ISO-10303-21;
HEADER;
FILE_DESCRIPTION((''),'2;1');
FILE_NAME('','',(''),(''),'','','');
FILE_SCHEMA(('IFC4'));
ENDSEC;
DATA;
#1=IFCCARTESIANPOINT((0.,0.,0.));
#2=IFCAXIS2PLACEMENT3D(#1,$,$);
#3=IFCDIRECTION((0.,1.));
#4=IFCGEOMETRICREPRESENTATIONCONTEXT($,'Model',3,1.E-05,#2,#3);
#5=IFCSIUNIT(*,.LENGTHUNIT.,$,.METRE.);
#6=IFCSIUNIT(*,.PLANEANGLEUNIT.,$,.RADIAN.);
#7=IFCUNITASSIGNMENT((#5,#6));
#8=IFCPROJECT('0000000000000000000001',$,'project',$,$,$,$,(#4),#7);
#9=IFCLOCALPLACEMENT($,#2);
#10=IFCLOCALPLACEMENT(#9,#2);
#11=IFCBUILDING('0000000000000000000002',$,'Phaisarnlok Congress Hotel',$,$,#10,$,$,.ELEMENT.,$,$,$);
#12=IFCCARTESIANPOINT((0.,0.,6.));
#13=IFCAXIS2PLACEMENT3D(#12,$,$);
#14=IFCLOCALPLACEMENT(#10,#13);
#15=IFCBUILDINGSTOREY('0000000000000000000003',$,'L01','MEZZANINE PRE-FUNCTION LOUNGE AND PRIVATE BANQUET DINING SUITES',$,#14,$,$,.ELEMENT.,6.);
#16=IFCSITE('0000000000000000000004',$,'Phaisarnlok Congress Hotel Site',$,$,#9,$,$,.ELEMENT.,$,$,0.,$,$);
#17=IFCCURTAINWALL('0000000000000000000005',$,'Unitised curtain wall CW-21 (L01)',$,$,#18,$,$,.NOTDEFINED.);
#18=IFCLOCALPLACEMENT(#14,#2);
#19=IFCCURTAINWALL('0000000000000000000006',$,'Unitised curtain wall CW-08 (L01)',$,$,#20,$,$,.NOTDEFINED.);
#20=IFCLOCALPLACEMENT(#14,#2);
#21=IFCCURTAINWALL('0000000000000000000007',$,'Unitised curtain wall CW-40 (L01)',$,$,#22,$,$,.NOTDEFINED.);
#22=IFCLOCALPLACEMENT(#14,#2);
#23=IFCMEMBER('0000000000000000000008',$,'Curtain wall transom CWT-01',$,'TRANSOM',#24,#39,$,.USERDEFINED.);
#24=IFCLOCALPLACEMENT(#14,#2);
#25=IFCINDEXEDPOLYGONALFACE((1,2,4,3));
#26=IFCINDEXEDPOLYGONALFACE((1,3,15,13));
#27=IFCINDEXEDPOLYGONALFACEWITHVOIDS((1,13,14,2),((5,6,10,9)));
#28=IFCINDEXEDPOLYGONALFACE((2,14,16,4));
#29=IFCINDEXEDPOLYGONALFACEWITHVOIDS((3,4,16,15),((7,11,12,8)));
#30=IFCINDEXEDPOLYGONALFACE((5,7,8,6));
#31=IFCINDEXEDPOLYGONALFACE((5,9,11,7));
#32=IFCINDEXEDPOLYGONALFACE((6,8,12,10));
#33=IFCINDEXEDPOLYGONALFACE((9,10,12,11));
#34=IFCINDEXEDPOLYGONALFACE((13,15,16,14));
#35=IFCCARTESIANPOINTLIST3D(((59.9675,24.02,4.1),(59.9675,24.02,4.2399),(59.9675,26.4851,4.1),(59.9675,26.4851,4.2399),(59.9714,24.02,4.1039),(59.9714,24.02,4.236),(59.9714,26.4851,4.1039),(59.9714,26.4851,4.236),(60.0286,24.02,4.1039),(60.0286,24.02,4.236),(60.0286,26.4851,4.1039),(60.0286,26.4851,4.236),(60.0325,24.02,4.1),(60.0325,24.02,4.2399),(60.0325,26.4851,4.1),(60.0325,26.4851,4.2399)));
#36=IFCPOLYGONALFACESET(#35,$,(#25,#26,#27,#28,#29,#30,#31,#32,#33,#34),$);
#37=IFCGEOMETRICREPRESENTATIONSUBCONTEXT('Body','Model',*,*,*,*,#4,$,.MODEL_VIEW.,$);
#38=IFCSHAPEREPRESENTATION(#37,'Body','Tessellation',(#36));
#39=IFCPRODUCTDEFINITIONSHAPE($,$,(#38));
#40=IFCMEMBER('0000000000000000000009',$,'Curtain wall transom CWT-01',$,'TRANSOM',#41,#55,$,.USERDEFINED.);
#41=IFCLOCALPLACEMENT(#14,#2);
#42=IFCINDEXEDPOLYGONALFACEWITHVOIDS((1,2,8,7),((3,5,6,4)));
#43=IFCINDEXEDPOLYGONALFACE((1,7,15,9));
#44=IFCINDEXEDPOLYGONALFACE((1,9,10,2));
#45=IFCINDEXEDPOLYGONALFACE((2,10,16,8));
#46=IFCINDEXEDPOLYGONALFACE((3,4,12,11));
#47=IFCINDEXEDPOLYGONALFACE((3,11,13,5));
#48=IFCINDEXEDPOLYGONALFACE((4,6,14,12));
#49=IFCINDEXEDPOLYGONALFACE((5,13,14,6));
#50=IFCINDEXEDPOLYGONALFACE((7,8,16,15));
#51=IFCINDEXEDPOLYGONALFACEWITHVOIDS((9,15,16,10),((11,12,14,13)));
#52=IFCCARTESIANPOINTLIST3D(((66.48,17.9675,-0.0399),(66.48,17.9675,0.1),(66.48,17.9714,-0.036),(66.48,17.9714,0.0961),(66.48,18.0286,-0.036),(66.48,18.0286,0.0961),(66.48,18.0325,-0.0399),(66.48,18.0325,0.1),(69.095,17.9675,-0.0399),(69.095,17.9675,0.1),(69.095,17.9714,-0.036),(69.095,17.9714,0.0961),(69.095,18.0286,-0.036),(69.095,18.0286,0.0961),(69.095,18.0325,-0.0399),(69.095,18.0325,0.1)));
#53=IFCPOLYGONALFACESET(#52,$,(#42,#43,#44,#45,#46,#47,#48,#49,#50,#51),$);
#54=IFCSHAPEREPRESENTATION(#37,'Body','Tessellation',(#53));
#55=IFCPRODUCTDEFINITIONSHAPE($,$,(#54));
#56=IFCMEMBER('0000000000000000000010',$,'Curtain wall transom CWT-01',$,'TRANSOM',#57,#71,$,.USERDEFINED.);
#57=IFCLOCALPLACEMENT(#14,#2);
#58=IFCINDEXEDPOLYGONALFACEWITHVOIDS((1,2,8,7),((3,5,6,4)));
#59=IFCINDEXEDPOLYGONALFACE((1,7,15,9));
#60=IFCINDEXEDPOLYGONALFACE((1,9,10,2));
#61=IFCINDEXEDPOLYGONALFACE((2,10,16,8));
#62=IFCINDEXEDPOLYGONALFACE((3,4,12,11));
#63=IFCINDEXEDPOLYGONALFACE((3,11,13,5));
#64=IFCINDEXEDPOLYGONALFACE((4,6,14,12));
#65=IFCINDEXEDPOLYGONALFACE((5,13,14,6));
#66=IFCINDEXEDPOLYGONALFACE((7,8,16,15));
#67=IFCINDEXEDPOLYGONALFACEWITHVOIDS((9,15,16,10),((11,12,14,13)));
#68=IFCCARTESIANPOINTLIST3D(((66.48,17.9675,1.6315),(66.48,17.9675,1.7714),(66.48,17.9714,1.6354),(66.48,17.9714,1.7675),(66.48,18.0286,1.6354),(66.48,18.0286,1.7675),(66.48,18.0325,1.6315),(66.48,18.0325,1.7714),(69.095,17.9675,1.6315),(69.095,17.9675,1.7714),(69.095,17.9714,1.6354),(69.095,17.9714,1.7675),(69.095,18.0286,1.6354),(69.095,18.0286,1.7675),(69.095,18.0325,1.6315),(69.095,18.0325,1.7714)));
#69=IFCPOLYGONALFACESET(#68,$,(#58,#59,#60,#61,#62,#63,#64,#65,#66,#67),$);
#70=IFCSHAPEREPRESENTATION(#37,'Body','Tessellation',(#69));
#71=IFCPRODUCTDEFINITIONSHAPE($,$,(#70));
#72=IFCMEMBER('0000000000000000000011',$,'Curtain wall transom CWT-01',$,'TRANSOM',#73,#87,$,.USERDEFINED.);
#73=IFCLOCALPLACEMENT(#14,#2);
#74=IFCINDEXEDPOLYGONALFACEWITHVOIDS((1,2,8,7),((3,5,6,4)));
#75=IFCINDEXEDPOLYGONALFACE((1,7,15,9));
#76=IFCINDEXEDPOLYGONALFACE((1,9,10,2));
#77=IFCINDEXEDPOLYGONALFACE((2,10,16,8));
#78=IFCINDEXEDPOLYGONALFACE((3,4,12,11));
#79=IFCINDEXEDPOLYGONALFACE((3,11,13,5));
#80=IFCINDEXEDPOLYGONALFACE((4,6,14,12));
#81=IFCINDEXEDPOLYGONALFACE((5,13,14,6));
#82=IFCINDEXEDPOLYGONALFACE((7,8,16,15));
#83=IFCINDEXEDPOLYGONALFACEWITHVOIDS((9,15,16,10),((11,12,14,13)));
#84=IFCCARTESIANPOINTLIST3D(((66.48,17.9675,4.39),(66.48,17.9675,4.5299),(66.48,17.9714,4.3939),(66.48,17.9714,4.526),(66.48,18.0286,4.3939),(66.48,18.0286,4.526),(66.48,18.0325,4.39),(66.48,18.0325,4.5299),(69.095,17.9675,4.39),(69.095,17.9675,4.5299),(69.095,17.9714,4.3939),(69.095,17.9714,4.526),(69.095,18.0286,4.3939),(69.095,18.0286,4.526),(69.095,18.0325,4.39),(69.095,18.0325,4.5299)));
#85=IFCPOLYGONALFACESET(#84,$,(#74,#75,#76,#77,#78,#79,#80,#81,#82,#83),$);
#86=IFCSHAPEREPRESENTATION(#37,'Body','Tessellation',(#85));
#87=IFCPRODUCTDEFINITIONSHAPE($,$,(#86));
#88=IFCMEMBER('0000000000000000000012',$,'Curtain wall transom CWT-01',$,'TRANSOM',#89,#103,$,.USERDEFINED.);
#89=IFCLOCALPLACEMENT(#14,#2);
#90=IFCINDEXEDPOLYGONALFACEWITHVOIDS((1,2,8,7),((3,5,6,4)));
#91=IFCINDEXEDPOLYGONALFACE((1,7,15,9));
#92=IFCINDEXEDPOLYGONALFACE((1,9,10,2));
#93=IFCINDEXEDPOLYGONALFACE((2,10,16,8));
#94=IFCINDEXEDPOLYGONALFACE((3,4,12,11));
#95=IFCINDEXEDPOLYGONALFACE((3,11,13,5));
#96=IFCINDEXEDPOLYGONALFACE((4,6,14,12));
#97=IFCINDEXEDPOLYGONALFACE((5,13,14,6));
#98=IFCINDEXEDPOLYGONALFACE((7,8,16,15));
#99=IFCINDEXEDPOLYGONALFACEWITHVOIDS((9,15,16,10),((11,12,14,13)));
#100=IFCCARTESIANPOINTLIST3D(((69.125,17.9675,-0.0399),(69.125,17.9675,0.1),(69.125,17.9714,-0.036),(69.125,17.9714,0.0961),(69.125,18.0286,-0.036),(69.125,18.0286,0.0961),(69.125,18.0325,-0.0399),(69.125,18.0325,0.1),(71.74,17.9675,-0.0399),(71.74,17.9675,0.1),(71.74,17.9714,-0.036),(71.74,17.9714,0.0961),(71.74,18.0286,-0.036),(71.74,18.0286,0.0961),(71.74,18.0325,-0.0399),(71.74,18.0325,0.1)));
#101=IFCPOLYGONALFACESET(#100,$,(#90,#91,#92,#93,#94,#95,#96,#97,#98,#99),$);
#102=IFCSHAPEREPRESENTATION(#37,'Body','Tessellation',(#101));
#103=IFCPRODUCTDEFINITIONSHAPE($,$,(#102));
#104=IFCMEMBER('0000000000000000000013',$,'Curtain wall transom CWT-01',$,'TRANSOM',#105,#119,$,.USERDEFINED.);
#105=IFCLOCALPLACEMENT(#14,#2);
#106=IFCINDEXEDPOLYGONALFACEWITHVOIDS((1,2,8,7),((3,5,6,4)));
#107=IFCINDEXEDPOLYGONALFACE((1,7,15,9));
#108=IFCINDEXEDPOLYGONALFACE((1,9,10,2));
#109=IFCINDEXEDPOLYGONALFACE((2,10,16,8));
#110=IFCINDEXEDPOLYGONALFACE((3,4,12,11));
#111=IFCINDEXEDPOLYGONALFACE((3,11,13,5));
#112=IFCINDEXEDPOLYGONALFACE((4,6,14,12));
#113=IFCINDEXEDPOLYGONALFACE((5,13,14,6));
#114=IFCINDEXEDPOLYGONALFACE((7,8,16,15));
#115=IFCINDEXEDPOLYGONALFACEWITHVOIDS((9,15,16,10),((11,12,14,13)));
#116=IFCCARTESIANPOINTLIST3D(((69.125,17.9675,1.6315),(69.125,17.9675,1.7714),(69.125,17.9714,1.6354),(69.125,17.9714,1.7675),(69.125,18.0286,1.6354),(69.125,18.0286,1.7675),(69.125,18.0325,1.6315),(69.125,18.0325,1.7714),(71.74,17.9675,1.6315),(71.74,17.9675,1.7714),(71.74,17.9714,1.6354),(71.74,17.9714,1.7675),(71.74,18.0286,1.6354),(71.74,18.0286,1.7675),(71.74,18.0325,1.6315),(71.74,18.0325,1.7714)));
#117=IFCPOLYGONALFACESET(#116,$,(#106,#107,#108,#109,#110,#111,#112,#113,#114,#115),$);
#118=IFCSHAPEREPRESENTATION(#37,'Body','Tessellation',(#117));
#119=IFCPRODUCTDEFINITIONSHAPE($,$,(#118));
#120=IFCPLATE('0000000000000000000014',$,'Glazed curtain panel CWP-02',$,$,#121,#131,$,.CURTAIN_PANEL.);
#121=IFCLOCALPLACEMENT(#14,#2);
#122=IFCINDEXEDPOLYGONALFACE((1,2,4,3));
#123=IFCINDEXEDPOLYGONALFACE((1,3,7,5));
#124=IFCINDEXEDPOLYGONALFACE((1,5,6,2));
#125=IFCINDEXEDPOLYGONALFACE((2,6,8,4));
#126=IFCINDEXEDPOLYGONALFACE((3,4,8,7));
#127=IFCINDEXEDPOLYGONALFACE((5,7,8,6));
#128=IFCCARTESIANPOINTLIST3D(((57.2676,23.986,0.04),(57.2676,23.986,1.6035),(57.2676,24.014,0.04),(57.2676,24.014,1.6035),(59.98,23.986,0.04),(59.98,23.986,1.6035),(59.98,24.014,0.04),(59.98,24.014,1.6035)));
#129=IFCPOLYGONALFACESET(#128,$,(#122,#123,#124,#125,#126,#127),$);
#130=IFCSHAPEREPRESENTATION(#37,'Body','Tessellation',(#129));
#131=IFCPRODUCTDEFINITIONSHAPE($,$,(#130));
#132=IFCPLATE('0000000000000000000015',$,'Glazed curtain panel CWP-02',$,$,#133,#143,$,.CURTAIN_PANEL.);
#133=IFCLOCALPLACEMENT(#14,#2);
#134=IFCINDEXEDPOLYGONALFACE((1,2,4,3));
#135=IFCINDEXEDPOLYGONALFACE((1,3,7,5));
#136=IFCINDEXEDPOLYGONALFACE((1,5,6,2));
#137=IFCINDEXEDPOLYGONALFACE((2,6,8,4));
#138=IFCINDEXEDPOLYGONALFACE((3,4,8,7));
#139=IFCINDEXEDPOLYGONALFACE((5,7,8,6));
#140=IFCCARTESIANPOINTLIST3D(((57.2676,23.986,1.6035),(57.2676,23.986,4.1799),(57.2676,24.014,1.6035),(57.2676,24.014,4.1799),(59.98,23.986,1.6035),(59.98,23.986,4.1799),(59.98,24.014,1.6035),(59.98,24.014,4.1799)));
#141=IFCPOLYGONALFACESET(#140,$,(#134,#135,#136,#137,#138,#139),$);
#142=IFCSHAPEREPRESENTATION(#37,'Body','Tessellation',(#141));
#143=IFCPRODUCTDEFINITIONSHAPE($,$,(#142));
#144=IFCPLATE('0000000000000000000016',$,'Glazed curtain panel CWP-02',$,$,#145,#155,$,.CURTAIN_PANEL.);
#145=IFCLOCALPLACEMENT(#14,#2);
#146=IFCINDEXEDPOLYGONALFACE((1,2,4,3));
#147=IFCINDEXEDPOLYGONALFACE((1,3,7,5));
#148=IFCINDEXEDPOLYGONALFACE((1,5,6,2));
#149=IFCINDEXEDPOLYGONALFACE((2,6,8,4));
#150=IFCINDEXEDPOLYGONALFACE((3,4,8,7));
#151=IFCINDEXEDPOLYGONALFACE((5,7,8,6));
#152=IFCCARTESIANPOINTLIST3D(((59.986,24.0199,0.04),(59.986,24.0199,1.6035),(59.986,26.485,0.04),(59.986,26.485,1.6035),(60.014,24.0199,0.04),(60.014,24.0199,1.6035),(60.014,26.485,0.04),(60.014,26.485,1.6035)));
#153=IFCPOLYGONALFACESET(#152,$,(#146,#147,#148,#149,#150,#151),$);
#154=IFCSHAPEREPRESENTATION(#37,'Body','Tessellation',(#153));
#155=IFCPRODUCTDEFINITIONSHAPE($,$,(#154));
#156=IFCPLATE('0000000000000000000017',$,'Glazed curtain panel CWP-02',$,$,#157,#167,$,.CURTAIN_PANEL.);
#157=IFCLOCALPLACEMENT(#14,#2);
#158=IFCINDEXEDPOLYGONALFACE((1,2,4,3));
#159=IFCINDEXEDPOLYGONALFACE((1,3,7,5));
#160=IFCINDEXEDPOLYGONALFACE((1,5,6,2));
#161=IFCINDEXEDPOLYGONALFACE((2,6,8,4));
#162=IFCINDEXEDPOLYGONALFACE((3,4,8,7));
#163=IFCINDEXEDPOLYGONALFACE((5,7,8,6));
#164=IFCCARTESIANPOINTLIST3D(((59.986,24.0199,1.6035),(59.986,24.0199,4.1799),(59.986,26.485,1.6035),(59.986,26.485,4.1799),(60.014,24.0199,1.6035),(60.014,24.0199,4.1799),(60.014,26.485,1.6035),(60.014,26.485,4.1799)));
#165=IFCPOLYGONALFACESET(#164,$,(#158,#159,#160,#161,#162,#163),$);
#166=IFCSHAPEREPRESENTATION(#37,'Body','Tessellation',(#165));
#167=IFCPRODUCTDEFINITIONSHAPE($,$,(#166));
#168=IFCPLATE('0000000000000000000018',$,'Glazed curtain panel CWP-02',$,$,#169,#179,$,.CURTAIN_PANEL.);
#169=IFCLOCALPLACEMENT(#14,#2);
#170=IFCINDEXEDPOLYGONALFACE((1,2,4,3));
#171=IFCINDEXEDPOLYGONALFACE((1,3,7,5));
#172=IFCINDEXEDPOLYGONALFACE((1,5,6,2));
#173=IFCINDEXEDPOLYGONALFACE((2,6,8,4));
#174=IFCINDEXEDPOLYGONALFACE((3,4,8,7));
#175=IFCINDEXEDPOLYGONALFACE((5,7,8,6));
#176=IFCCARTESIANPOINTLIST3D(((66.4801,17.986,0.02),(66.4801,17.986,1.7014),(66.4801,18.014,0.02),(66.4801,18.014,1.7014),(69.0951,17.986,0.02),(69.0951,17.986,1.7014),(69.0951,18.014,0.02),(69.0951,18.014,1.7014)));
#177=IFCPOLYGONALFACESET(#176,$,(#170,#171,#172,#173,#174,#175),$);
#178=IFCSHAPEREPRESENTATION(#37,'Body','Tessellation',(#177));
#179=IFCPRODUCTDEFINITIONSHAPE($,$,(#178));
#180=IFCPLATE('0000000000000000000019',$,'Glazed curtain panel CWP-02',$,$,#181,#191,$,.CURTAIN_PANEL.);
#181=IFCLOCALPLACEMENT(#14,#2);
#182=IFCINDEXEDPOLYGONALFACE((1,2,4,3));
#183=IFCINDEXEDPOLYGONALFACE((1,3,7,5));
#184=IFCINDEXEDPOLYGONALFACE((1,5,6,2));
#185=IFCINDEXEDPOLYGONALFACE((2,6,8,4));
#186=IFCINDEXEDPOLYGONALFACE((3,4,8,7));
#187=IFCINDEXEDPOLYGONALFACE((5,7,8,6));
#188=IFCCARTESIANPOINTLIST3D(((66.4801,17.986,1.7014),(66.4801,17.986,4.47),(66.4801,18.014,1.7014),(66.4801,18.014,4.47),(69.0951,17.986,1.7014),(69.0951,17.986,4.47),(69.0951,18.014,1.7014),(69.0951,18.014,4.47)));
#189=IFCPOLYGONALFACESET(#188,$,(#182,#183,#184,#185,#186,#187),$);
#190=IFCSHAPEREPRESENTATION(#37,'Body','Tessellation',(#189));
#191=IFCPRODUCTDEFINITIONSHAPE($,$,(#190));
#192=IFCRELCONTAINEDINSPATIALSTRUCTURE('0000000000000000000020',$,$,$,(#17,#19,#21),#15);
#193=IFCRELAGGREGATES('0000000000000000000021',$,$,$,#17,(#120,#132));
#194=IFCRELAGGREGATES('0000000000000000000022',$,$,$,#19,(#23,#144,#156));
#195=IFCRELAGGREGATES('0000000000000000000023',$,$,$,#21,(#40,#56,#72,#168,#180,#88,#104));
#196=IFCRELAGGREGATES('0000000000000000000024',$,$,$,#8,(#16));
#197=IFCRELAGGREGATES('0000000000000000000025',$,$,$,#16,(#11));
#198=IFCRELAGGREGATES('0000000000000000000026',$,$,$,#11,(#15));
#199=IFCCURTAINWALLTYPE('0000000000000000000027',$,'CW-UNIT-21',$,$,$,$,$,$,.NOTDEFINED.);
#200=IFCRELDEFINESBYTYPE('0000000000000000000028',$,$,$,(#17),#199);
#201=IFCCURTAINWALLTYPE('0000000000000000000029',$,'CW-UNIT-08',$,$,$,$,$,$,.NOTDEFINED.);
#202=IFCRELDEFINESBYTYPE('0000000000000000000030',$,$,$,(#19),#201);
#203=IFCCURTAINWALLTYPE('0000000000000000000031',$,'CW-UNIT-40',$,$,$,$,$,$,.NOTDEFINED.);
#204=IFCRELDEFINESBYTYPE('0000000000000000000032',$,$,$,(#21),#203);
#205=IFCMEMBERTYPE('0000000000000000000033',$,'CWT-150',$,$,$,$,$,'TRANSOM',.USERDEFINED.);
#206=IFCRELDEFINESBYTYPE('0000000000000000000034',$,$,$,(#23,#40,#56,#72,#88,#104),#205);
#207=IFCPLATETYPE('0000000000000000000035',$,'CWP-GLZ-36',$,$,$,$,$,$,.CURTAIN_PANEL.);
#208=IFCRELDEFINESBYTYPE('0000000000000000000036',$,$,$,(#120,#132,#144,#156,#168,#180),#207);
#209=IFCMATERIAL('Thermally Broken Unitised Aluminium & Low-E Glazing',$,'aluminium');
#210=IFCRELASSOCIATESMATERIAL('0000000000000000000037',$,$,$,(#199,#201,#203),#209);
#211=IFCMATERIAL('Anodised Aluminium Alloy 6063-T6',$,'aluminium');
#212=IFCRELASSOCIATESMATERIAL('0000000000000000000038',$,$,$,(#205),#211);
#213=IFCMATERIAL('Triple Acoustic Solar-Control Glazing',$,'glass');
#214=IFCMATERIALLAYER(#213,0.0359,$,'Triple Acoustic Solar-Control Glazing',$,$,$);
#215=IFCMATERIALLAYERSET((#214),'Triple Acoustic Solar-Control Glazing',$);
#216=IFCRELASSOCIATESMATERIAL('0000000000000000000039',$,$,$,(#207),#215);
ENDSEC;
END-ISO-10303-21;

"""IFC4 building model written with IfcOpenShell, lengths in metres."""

from ifc_helpers import new_model, si_unit, direction, frame, frame_2d, origin, origin_2d, place, context, subcontext, project, spatial, rectangle, hollow_rectangle, extrude, material, layer, layer_set, material_profile, profile_set, type_object, element, aggregate, save


model = new_model("IFC4")

# Units and contexts
model_context = context("Model", 3, precision=1e-05, world=origin(), true_north=direction((0.0, 1.0)))
body_context = subcontext(model_context, "Body", "Model", "MODEL_VIEW")
ifc_project = project(units=[si_unit("LENGTHUNIT", "METRE"), si_unit("PLANEANGLEUNIT", "RADIAN")], contexts=[model_context])

# Site, building, storey
site_placement = place(None, origin())
site = spatial("IfcSite", under=ifc_project, at=site_placement, Name="Phaisarnlok Congress Hotel Site", CompositionType="ELEMENT", RefElevation=0.0)
building_placement = place(site_placement, origin())
building = spatial("IfcBuilding", under=site, at=building_placement, Name="Phaisarnlok Congress Hotel", CompositionType="ELEMENT")
storey_placement = place(building_placement, frame((0.0, 0.0, 6.0)))
storey = spatial("IfcBuildingStorey", under=building, at=storey_placement, Name="L01", Description="MEZZANINE PRE-FUNCTION LOUNGE AND PRIVATE BANQUET DINING SUITES", CompositionType="ELEMENT", Elevation=6.0)

# Curtain walls
ifc_material_1 = material(Name="Thermally Broken Unitised Aluminium & Low-E Glazing", Category="aluminium")
curtain_wall_type_1 = type_object("IfcCurtainWallType", Name="CW-UNIT-21", PredefinedType="NOTDEFINED", material=ifc_material_1)
curtain_wall_1_placement = place(storey_placement, origin())
curtain_wall_1 = element("IfcCurtainWall", 1, at=curtain_wall_1_placement, inside=storey, type_object=curtain_wall_type_1, Name="Unitised curtain wall CW-21 (L01)", PredefinedType="NOTDEFINED")
ifc_material_2 = material(Name="Anodised Aluminium Alloy 6063-T6", Category="aluminium")
curtain_wall_type_2 = type_object("IfcCurtainWallType", Name="CW-UNIT-08", PredefinedType="NOTDEFINED", material=ifc_material_1)
curtain_wall_2_placement = place(storey_placement, origin())
curtain_wall_2 = element("IfcCurtainWall", 2, at=curtain_wall_2_placement, inside=storey, type_object=curtain_wall_type_2, Name="Unitised curtain wall CW-08 (L01)", PredefinedType="NOTDEFINED")

# Curtain wall
curtain_wall_type_3 = type_object("IfcCurtainWallType", Name="CW-UNIT-40", PredefinedType="NOTDEFINED", material=ifc_material_1)
curtain_wall_3_placement = place(storey_placement, origin())
curtain_wall_3 = element("IfcCurtainWall", 3, at=curtain_wall_3_placement, inside=storey, type_object=curtain_wall_type_3, Name="Unitised curtain wall CW-40 (L01)", PredefinedType="NOTDEFINED")

# Members
ifc_material_profile_1 = material_profile(ifc_material_2, hollow_rectangle(XDim=0.0649, YDim=0.1399, WallThickness=0.0039, at=origin_2d()), Name="ALU-T 65x140x4")
ifc_profile_set_1 = profile_set([ifc_material_profile_1], Name="Anodised Aluminium Alloy 6063-T6")
member_type_1 = type_object("IfcMemberType", Name="CWT-150", ElementType="TRANSOM", PredefinedType="USERDEFINED", material=ifc_profile_set_1)
member_1_placement = place(storey_placement, frame((60.0, 24.02, 4.1699), z_axis=(0.0, 1.0, 0.0), x_axis=(-1.0, 0.0, 0.0)))
member_1 = element("IfcMember", 4, at=member_1_placement, type_object=member_type_1, Name="Curtain wall transom CWT-01", ObjectType="TRANSOM", PredefinedType="USERDEFINED", context=body_context, shape_type="SweptSolid", body=[
    extrude(hollow_rectangle(XDim=0.0649, YDim=0.1399, WallThickness=0.0039, at=origin_2d()), origin(), (0.0, 0.0, 1.0), 2.4651),
])
member_2_placement = place(storey_placement, frame((66.48, 18.0, 0.03), z_axis=(1.0, 0.0, 0.0), x_axis=(0.0, 1.0, 0.0)))
member_2 = element("IfcMember", 5, at=member_2_placement, type_object=member_type_1, Name="Curtain wall transom CWT-01", ObjectType="TRANSOM", PredefinedType="USERDEFINED", context=body_context, shape_type="SweptSolid", body=[
    extrude(hollow_rectangle(XDim=0.0649, YDim=0.1399, WallThickness=0.0039, at=origin_2d()), origin(), (0.0, 0.0, 1.0), 2.615),
])
member_3_placement = place(storey_placement, frame((66.48, 18.0, 1.7014), z_axis=(1.0, 0.0, 0.0), x_axis=(0.0, 1.0, 0.0)))
member_3 = element("IfcMember", 6, at=member_3_placement, type_object=member_type_1, Name="Curtain wall transom CWT-01", ObjectType="TRANSOM", PredefinedType="USERDEFINED", context=body_context, shape_type="SweptSolid", body=[
    extrude(hollow_rectangle(XDim=0.0649, YDim=0.1399, WallThickness=0.0039, at=origin_2d()), origin(), (0.0, 0.0, 1.0), 2.615),
])
member_4_placement = place(storey_placement, frame((66.48, 18.0, 4.46), z_axis=(1.0, 0.0, 0.0), x_axis=(0.0, 1.0, 0.0)))
member_4 = element("IfcMember", 7, at=member_4_placement, type_object=member_type_1, Name="Curtain wall transom CWT-01", ObjectType="TRANSOM", PredefinedType="USERDEFINED", context=body_context, shape_type="SweptSolid", body=[
    extrude(hollow_rectangle(XDim=0.0649, YDim=0.1399, WallThickness=0.0039, at=origin_2d()), origin(), (0.0, 0.0, 1.0), 2.615),
])
member_5_placement = place(storey_placement, frame((69.125, 18.0, 0.03), z_axis=(1.0, 0.0, 0.0), x_axis=(0.0, 1.0, 0.0)))
member_5 = element("IfcMember", 8, at=member_5_placement, type_object=member_type_1, Name="Curtain wall transom CWT-01", ObjectType="TRANSOM", PredefinedType="USERDEFINED", context=body_context, shape_type="SweptSolid", body=[
    extrude(hollow_rectangle(XDim=0.0649, YDim=0.1399, WallThickness=0.0039, at=origin_2d()), origin(), (0.0, 0.0, 1.0), 2.615),
])
member_6_placement = place(storey_placement, frame((69.125, 18.0, 1.7014), z_axis=(1.0, 0.0, 0.0), x_axis=(0.0, 1.0, 0.0)))
member_6 = element("IfcMember", 9, at=member_6_placement, type_object=member_type_1, Name="Curtain wall transom CWT-01", ObjectType="TRANSOM", PredefinedType="USERDEFINED", context=body_context, shape_type="SweptSolid", body=[
    extrude(hollow_rectangle(XDim=0.0649, YDim=0.1399, WallThickness=0.0039, at=origin_2d()), origin(), (0.0, 0.0, 1.0), 2.615),
])

# Plates
ifc_material_3 = material(Name="Triple Acoustic Solar-Control Glazing", Category="glass")
ifc_layer_1 = layer(ifc_material_3, 0.0359, Name="Triple Acoustic Solar-Control Glazing")
ifc_layer_set_1 = layer_set([ifc_layer_1], Name="Triple Acoustic Solar-Control Glazing")
plate_type_1 = type_object("IfcPlateType", Name="CWP-GLZ-36", PredefinedType="CURTAIN_PANEL", material=ifc_layer_set_1)
plate_1_placement = place(storey_placement, frame((57.2676, 24.0, 0.04), z_axis=(0.0, 0.0, 1.0), x_axis=(1.0, 0.0, 0.0)))
plate_1 = element("IfcPlate", 10, at=plate_1_placement, type_object=plate_type_1, Name="Glazed curtain panel CWP-02", PredefinedType="CURTAIN_PANEL", context=body_context, shape_type="SweptSolid", body=[
    extrude(rectangle(XDim=2.7124, YDim=0.0281, at=frame_2d((1.3562, 0.0))), origin(), (0.0, 0.0, 1.0), 1.5635),
])
plate_2_placement = place(storey_placement, frame((57.2676, 24.0, 1.6035), z_axis=(0.0, 0.0, 1.0), x_axis=(1.0, 0.0, 0.0)))
plate_2 = element("IfcPlate", 11, at=plate_2_placement, type_object=plate_type_1, Name="Glazed curtain panel CWP-02", PredefinedType="CURTAIN_PANEL", context=body_context, shape_type="SweptSolid", body=[
    extrude(rectangle(XDim=2.7124, YDim=0.0281, at=frame_2d((1.3562, 0.0))), origin(), (0.0, 0.0, 1.0), 2.5764),
])
aggregate(curtain_wall_1, [plate_1, plate_2])
plate_3_placement = place(storey_placement, frame((60.0, 24.02, 0.04), z_axis=(0.0, 0.0, 1.0), x_axis=(0.0, 1.0, 0.0)))
plate_3 = element("IfcPlate", 12, at=plate_3_placement, type_object=plate_type_1, Name="Glazed curtain panel CWP-02", PredefinedType="CURTAIN_PANEL", context=body_context, shape_type="SweptSolid", body=[
    extrude(rectangle(XDim=2.4651, YDim=0.0281, at=frame_2d((1.2324, 0.0))), origin(), (0.0, 0.0, 1.0), 1.5635),
])
plate_4_placement = place(storey_placement, frame((60.0, 24.02, 1.6035), z_axis=(0.0, 0.0, 1.0), x_axis=(0.0, 1.0, 0.0)))
plate_4 = element("IfcPlate", 13, at=plate_4_placement, type_object=plate_type_1, Name="Glazed curtain panel CWP-02", PredefinedType="CURTAIN_PANEL", context=body_context, shape_type="SweptSolid", body=[
    extrude(rectangle(XDim=2.4651, YDim=0.0281, at=frame_2d((1.2324, 0.0))), origin(), (0.0, 0.0, 1.0), 2.5764),
])
aggregate(curtain_wall_2, [member_1, plate_3, plate_4])
plate_5_placement = place(storey_placement, frame((66.48, 18.0, 0.02), z_axis=(0.0, 0.0, 1.0), x_axis=(1.0, 0.0, 0.0)))
plate_5 = element("IfcPlate", 14, at=plate_5_placement, type_object=plate_type_1, Name="Glazed curtain panel CWP-02", PredefinedType="CURTAIN_PANEL", context=body_context, shape_type="SweptSolid", body=[
    extrude(rectangle(XDim=2.615, YDim=0.0281, at=frame_2d((1.3076, 0.0))), origin(), (0.0, 0.0, 1.0), 1.6814),
])
plate_6_placement = place(storey_placement, frame((66.48, 18.0, 1.7014), z_axis=(0.0, 0.0, 1.0), x_axis=(1.0, 0.0, 0.0)))
plate_6 = element("IfcPlate", 15, at=plate_6_placement, type_object=plate_type_1, Name="Glazed curtain panel CWP-02", PredefinedType="CURTAIN_PANEL", context=body_context, shape_type="SweptSolid", body=[
    extrude(rectangle(XDim=2.615, YDim=0.0281, at=frame_2d((1.3076, 0.0))), origin(), (0.0, 0.0, 1.0), 2.7686),
])
aggregate(curtain_wall_3, [member_2, member_3, member_4, plate_5, plate_6, member_5, member_6])

save(model, "model.ifc")
